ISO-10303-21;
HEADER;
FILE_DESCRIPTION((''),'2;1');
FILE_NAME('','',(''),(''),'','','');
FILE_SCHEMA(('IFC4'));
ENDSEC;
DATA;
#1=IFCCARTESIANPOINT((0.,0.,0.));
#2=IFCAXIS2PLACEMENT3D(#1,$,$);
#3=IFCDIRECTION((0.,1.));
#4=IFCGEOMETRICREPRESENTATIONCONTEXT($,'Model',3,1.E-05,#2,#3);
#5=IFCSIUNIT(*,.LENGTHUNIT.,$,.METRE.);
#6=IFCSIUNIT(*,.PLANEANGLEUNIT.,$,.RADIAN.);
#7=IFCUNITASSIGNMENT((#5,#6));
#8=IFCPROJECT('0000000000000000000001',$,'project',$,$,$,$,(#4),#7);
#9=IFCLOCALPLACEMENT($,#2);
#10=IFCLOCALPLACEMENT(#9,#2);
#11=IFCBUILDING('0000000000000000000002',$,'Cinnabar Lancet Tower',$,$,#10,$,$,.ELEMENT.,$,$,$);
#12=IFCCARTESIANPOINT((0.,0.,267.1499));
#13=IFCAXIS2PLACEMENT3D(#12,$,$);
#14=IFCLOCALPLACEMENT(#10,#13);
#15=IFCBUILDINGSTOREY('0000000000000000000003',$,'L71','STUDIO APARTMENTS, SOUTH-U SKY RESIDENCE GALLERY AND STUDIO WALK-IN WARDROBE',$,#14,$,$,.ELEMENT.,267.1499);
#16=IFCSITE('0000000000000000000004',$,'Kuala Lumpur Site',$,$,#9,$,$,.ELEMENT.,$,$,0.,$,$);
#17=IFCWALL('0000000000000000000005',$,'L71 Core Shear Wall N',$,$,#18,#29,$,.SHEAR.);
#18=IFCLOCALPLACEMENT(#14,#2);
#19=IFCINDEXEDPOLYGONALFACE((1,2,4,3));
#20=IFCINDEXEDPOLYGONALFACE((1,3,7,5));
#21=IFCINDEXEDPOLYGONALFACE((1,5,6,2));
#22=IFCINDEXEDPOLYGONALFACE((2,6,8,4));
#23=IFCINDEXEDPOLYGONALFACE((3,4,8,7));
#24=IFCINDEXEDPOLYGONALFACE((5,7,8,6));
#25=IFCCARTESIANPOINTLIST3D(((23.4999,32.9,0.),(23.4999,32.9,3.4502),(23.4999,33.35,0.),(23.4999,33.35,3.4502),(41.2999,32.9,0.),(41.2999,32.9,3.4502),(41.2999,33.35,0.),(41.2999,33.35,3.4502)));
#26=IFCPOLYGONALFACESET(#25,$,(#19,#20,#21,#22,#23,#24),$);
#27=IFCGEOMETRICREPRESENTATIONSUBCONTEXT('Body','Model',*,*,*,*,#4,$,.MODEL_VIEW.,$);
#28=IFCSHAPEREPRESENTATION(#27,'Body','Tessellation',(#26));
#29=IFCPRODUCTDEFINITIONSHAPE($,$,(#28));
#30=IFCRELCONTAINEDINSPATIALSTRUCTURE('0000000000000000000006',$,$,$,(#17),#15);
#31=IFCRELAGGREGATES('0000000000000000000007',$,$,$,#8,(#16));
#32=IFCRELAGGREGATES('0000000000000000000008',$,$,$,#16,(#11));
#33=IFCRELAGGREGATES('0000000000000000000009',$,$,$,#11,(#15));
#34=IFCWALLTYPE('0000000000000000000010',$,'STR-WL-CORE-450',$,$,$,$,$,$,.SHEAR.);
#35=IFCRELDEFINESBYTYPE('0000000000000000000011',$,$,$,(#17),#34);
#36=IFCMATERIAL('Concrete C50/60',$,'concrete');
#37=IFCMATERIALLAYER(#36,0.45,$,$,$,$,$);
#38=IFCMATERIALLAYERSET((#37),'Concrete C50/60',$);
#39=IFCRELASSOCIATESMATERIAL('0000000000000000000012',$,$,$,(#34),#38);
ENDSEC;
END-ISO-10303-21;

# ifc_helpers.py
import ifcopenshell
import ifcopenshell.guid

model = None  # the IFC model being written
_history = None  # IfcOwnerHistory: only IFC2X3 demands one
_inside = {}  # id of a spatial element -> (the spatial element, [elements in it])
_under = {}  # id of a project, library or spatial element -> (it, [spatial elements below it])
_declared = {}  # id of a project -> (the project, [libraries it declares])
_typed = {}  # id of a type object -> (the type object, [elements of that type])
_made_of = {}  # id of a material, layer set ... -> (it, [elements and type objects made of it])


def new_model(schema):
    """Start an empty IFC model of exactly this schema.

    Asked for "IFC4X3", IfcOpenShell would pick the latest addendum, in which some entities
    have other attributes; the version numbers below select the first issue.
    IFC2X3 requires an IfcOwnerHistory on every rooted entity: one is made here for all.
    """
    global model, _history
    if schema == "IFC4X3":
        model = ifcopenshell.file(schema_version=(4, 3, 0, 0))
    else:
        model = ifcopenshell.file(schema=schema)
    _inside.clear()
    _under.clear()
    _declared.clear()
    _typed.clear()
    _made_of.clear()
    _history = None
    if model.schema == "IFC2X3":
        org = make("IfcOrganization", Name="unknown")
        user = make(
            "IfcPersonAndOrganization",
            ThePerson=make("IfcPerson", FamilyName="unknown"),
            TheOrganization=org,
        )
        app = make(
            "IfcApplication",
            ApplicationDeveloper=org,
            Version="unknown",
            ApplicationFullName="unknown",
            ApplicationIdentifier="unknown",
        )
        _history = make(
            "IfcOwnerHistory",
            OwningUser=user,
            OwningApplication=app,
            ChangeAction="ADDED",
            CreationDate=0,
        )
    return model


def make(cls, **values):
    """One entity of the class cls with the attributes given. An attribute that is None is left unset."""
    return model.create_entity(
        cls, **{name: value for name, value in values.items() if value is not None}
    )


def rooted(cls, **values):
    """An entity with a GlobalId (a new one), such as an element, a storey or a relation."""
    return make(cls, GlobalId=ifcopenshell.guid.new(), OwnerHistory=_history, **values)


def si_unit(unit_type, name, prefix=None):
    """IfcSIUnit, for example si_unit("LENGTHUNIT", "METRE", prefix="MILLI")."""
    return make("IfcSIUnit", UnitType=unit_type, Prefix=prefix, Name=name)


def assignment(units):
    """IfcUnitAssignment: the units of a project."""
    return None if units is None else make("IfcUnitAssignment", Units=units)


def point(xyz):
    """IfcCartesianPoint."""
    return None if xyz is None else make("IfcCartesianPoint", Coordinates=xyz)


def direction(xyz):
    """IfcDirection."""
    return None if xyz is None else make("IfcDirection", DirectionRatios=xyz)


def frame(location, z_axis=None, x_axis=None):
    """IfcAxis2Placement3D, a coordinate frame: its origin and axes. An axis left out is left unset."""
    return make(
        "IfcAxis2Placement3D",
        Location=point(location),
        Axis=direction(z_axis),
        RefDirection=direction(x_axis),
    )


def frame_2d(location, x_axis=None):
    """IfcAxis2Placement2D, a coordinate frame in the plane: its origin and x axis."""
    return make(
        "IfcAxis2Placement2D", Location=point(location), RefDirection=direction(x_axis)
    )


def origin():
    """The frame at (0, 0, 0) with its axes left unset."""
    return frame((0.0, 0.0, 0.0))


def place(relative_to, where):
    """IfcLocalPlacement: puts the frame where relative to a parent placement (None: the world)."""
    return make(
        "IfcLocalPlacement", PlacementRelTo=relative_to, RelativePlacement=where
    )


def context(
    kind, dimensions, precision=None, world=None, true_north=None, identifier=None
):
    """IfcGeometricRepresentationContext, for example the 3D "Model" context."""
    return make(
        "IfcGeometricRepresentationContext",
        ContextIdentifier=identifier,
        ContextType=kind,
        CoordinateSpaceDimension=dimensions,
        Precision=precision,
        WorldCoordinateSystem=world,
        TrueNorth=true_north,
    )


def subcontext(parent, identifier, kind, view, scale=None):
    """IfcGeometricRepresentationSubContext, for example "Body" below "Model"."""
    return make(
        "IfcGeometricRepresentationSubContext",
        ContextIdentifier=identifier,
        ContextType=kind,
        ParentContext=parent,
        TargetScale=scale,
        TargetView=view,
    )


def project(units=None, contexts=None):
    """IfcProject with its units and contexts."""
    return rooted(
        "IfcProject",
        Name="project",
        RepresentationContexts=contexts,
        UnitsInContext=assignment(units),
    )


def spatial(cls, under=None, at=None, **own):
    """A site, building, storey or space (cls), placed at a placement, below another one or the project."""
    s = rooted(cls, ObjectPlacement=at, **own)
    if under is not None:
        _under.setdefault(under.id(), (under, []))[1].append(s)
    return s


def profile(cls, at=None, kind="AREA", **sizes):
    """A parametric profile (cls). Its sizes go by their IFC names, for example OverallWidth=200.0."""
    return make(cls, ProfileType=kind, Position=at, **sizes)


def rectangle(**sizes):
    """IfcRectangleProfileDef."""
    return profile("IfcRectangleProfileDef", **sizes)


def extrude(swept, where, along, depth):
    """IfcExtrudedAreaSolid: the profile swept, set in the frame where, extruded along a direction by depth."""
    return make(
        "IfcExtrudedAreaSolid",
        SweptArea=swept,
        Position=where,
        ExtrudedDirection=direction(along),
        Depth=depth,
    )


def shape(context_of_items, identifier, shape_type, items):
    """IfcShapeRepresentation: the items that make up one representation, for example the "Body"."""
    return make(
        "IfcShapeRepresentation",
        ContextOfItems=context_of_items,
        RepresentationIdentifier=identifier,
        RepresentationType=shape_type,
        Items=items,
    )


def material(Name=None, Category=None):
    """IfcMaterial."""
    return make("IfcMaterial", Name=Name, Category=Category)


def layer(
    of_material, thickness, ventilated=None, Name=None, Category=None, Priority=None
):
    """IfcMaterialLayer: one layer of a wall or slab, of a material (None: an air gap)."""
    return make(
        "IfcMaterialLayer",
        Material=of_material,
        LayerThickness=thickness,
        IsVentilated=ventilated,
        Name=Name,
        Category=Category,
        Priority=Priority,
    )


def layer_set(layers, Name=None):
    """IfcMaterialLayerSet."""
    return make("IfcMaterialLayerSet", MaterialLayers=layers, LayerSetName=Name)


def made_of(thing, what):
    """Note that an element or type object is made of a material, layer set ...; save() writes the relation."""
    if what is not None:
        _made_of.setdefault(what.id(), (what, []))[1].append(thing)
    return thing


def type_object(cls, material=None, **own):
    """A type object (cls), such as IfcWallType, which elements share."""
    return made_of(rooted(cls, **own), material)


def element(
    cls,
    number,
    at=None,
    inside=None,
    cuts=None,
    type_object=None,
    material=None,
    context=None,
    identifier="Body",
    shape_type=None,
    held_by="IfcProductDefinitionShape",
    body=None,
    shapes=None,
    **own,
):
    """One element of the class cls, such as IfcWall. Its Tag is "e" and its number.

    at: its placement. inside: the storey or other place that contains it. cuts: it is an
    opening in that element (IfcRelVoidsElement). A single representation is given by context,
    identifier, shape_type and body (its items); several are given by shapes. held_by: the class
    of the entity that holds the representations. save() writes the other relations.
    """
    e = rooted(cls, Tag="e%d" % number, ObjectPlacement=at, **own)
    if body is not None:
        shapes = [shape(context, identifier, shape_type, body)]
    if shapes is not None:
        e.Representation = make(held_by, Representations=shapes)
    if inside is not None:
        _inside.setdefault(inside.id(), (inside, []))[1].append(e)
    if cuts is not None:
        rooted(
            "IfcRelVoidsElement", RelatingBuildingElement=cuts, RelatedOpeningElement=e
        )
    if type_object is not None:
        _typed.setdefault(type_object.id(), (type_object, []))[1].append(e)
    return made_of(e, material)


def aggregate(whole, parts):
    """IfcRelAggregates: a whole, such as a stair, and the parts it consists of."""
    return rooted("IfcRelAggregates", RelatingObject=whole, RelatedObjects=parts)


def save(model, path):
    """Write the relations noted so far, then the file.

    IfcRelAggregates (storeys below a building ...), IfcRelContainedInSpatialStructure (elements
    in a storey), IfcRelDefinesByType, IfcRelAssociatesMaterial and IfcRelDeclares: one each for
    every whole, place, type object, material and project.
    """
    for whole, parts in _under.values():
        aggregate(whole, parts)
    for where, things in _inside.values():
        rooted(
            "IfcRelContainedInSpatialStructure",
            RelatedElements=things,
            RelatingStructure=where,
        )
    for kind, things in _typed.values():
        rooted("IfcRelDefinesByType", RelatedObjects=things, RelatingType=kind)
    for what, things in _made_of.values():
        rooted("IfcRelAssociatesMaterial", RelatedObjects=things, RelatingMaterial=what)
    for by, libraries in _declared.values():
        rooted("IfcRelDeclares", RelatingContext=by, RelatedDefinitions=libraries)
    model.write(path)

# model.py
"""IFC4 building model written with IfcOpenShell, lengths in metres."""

from ifc_helpers import new_model, si_unit, direction, frame, frame_2d, origin, place, context, subcontext, project, spatial, rectangle, extrude, material, layer, layer_set, type_object, element, save


model = new_model("IFC4")

# Units and contexts
model_context = context("Model", 3, precision=1e-05, world=origin(), true_north=direction((0.0, 1.0)))
body_context = subcontext(model_context, "Body", "Model", "MODEL_VIEW")
ifc_project = project(units=[si_unit("LENGTHUNIT", "METRE"), si_unit("PLANEANGLEUNIT", "RADIAN")], contexts=[model_context])

# Site, building, storey
site_placement = place(None, origin())
site = spatial("IfcSite", under=ifc_project, at=site_placement, Name="Kuala Lumpur Site", CompositionType="ELEMENT", RefElevation=0.0)
building_placement = place(site_placement, origin())
building = spatial("IfcBuilding", under=site, at=building_placement, Name="Cinnabar Lancet Tower", CompositionType="ELEMENT")
storey_placement = place(building_placement, frame((0.0, 0.0, 267.1499)))
storey = spatial("IfcBuildingStorey", under=building, at=storey_placement, Name="L71", Description="STUDIO APARTMENTS, SOUTH-U SKY RESIDENCE GALLERY AND STUDIO WALK-IN WARDROBE", CompositionType="ELEMENT", Elevation=267.1499)

# Wall
ifc_material_1 = material(Name="Concrete C50/60", Category="concrete")
ifc_layer_1 = layer(ifc_material_1, 0.45)
ifc_layer_set_1 = layer_set([ifc_layer_1], Name="Concrete C50/60")
wall_type_1 = type_object("IfcWallType", Name="STR-WL-CORE-450", PredefinedType="SHEAR", material=ifc_layer_set_1)
wall_1_placement = place(storey_placement, frame((23.5, 33.125, 0.0), z_axis=(0.0, 0.0, 1.0), x_axis=(1.0, 0.0, 0.0)))
element("IfcWall", 1, at=wall_1_placement, inside=storey, type_object=wall_type_1, Name="L71 Core Shear Wall N", PredefinedType="SHEAR", context=body_context, shape_type="SweptSolid", body=[
    extrude(rectangle(XDim=17.8, YDim=0.45, at=frame_2d((8.8999, 0.0))), origin(), (0.0, 0.0, 1.0), 3.4502),
])

save(model, "model.ifc")
